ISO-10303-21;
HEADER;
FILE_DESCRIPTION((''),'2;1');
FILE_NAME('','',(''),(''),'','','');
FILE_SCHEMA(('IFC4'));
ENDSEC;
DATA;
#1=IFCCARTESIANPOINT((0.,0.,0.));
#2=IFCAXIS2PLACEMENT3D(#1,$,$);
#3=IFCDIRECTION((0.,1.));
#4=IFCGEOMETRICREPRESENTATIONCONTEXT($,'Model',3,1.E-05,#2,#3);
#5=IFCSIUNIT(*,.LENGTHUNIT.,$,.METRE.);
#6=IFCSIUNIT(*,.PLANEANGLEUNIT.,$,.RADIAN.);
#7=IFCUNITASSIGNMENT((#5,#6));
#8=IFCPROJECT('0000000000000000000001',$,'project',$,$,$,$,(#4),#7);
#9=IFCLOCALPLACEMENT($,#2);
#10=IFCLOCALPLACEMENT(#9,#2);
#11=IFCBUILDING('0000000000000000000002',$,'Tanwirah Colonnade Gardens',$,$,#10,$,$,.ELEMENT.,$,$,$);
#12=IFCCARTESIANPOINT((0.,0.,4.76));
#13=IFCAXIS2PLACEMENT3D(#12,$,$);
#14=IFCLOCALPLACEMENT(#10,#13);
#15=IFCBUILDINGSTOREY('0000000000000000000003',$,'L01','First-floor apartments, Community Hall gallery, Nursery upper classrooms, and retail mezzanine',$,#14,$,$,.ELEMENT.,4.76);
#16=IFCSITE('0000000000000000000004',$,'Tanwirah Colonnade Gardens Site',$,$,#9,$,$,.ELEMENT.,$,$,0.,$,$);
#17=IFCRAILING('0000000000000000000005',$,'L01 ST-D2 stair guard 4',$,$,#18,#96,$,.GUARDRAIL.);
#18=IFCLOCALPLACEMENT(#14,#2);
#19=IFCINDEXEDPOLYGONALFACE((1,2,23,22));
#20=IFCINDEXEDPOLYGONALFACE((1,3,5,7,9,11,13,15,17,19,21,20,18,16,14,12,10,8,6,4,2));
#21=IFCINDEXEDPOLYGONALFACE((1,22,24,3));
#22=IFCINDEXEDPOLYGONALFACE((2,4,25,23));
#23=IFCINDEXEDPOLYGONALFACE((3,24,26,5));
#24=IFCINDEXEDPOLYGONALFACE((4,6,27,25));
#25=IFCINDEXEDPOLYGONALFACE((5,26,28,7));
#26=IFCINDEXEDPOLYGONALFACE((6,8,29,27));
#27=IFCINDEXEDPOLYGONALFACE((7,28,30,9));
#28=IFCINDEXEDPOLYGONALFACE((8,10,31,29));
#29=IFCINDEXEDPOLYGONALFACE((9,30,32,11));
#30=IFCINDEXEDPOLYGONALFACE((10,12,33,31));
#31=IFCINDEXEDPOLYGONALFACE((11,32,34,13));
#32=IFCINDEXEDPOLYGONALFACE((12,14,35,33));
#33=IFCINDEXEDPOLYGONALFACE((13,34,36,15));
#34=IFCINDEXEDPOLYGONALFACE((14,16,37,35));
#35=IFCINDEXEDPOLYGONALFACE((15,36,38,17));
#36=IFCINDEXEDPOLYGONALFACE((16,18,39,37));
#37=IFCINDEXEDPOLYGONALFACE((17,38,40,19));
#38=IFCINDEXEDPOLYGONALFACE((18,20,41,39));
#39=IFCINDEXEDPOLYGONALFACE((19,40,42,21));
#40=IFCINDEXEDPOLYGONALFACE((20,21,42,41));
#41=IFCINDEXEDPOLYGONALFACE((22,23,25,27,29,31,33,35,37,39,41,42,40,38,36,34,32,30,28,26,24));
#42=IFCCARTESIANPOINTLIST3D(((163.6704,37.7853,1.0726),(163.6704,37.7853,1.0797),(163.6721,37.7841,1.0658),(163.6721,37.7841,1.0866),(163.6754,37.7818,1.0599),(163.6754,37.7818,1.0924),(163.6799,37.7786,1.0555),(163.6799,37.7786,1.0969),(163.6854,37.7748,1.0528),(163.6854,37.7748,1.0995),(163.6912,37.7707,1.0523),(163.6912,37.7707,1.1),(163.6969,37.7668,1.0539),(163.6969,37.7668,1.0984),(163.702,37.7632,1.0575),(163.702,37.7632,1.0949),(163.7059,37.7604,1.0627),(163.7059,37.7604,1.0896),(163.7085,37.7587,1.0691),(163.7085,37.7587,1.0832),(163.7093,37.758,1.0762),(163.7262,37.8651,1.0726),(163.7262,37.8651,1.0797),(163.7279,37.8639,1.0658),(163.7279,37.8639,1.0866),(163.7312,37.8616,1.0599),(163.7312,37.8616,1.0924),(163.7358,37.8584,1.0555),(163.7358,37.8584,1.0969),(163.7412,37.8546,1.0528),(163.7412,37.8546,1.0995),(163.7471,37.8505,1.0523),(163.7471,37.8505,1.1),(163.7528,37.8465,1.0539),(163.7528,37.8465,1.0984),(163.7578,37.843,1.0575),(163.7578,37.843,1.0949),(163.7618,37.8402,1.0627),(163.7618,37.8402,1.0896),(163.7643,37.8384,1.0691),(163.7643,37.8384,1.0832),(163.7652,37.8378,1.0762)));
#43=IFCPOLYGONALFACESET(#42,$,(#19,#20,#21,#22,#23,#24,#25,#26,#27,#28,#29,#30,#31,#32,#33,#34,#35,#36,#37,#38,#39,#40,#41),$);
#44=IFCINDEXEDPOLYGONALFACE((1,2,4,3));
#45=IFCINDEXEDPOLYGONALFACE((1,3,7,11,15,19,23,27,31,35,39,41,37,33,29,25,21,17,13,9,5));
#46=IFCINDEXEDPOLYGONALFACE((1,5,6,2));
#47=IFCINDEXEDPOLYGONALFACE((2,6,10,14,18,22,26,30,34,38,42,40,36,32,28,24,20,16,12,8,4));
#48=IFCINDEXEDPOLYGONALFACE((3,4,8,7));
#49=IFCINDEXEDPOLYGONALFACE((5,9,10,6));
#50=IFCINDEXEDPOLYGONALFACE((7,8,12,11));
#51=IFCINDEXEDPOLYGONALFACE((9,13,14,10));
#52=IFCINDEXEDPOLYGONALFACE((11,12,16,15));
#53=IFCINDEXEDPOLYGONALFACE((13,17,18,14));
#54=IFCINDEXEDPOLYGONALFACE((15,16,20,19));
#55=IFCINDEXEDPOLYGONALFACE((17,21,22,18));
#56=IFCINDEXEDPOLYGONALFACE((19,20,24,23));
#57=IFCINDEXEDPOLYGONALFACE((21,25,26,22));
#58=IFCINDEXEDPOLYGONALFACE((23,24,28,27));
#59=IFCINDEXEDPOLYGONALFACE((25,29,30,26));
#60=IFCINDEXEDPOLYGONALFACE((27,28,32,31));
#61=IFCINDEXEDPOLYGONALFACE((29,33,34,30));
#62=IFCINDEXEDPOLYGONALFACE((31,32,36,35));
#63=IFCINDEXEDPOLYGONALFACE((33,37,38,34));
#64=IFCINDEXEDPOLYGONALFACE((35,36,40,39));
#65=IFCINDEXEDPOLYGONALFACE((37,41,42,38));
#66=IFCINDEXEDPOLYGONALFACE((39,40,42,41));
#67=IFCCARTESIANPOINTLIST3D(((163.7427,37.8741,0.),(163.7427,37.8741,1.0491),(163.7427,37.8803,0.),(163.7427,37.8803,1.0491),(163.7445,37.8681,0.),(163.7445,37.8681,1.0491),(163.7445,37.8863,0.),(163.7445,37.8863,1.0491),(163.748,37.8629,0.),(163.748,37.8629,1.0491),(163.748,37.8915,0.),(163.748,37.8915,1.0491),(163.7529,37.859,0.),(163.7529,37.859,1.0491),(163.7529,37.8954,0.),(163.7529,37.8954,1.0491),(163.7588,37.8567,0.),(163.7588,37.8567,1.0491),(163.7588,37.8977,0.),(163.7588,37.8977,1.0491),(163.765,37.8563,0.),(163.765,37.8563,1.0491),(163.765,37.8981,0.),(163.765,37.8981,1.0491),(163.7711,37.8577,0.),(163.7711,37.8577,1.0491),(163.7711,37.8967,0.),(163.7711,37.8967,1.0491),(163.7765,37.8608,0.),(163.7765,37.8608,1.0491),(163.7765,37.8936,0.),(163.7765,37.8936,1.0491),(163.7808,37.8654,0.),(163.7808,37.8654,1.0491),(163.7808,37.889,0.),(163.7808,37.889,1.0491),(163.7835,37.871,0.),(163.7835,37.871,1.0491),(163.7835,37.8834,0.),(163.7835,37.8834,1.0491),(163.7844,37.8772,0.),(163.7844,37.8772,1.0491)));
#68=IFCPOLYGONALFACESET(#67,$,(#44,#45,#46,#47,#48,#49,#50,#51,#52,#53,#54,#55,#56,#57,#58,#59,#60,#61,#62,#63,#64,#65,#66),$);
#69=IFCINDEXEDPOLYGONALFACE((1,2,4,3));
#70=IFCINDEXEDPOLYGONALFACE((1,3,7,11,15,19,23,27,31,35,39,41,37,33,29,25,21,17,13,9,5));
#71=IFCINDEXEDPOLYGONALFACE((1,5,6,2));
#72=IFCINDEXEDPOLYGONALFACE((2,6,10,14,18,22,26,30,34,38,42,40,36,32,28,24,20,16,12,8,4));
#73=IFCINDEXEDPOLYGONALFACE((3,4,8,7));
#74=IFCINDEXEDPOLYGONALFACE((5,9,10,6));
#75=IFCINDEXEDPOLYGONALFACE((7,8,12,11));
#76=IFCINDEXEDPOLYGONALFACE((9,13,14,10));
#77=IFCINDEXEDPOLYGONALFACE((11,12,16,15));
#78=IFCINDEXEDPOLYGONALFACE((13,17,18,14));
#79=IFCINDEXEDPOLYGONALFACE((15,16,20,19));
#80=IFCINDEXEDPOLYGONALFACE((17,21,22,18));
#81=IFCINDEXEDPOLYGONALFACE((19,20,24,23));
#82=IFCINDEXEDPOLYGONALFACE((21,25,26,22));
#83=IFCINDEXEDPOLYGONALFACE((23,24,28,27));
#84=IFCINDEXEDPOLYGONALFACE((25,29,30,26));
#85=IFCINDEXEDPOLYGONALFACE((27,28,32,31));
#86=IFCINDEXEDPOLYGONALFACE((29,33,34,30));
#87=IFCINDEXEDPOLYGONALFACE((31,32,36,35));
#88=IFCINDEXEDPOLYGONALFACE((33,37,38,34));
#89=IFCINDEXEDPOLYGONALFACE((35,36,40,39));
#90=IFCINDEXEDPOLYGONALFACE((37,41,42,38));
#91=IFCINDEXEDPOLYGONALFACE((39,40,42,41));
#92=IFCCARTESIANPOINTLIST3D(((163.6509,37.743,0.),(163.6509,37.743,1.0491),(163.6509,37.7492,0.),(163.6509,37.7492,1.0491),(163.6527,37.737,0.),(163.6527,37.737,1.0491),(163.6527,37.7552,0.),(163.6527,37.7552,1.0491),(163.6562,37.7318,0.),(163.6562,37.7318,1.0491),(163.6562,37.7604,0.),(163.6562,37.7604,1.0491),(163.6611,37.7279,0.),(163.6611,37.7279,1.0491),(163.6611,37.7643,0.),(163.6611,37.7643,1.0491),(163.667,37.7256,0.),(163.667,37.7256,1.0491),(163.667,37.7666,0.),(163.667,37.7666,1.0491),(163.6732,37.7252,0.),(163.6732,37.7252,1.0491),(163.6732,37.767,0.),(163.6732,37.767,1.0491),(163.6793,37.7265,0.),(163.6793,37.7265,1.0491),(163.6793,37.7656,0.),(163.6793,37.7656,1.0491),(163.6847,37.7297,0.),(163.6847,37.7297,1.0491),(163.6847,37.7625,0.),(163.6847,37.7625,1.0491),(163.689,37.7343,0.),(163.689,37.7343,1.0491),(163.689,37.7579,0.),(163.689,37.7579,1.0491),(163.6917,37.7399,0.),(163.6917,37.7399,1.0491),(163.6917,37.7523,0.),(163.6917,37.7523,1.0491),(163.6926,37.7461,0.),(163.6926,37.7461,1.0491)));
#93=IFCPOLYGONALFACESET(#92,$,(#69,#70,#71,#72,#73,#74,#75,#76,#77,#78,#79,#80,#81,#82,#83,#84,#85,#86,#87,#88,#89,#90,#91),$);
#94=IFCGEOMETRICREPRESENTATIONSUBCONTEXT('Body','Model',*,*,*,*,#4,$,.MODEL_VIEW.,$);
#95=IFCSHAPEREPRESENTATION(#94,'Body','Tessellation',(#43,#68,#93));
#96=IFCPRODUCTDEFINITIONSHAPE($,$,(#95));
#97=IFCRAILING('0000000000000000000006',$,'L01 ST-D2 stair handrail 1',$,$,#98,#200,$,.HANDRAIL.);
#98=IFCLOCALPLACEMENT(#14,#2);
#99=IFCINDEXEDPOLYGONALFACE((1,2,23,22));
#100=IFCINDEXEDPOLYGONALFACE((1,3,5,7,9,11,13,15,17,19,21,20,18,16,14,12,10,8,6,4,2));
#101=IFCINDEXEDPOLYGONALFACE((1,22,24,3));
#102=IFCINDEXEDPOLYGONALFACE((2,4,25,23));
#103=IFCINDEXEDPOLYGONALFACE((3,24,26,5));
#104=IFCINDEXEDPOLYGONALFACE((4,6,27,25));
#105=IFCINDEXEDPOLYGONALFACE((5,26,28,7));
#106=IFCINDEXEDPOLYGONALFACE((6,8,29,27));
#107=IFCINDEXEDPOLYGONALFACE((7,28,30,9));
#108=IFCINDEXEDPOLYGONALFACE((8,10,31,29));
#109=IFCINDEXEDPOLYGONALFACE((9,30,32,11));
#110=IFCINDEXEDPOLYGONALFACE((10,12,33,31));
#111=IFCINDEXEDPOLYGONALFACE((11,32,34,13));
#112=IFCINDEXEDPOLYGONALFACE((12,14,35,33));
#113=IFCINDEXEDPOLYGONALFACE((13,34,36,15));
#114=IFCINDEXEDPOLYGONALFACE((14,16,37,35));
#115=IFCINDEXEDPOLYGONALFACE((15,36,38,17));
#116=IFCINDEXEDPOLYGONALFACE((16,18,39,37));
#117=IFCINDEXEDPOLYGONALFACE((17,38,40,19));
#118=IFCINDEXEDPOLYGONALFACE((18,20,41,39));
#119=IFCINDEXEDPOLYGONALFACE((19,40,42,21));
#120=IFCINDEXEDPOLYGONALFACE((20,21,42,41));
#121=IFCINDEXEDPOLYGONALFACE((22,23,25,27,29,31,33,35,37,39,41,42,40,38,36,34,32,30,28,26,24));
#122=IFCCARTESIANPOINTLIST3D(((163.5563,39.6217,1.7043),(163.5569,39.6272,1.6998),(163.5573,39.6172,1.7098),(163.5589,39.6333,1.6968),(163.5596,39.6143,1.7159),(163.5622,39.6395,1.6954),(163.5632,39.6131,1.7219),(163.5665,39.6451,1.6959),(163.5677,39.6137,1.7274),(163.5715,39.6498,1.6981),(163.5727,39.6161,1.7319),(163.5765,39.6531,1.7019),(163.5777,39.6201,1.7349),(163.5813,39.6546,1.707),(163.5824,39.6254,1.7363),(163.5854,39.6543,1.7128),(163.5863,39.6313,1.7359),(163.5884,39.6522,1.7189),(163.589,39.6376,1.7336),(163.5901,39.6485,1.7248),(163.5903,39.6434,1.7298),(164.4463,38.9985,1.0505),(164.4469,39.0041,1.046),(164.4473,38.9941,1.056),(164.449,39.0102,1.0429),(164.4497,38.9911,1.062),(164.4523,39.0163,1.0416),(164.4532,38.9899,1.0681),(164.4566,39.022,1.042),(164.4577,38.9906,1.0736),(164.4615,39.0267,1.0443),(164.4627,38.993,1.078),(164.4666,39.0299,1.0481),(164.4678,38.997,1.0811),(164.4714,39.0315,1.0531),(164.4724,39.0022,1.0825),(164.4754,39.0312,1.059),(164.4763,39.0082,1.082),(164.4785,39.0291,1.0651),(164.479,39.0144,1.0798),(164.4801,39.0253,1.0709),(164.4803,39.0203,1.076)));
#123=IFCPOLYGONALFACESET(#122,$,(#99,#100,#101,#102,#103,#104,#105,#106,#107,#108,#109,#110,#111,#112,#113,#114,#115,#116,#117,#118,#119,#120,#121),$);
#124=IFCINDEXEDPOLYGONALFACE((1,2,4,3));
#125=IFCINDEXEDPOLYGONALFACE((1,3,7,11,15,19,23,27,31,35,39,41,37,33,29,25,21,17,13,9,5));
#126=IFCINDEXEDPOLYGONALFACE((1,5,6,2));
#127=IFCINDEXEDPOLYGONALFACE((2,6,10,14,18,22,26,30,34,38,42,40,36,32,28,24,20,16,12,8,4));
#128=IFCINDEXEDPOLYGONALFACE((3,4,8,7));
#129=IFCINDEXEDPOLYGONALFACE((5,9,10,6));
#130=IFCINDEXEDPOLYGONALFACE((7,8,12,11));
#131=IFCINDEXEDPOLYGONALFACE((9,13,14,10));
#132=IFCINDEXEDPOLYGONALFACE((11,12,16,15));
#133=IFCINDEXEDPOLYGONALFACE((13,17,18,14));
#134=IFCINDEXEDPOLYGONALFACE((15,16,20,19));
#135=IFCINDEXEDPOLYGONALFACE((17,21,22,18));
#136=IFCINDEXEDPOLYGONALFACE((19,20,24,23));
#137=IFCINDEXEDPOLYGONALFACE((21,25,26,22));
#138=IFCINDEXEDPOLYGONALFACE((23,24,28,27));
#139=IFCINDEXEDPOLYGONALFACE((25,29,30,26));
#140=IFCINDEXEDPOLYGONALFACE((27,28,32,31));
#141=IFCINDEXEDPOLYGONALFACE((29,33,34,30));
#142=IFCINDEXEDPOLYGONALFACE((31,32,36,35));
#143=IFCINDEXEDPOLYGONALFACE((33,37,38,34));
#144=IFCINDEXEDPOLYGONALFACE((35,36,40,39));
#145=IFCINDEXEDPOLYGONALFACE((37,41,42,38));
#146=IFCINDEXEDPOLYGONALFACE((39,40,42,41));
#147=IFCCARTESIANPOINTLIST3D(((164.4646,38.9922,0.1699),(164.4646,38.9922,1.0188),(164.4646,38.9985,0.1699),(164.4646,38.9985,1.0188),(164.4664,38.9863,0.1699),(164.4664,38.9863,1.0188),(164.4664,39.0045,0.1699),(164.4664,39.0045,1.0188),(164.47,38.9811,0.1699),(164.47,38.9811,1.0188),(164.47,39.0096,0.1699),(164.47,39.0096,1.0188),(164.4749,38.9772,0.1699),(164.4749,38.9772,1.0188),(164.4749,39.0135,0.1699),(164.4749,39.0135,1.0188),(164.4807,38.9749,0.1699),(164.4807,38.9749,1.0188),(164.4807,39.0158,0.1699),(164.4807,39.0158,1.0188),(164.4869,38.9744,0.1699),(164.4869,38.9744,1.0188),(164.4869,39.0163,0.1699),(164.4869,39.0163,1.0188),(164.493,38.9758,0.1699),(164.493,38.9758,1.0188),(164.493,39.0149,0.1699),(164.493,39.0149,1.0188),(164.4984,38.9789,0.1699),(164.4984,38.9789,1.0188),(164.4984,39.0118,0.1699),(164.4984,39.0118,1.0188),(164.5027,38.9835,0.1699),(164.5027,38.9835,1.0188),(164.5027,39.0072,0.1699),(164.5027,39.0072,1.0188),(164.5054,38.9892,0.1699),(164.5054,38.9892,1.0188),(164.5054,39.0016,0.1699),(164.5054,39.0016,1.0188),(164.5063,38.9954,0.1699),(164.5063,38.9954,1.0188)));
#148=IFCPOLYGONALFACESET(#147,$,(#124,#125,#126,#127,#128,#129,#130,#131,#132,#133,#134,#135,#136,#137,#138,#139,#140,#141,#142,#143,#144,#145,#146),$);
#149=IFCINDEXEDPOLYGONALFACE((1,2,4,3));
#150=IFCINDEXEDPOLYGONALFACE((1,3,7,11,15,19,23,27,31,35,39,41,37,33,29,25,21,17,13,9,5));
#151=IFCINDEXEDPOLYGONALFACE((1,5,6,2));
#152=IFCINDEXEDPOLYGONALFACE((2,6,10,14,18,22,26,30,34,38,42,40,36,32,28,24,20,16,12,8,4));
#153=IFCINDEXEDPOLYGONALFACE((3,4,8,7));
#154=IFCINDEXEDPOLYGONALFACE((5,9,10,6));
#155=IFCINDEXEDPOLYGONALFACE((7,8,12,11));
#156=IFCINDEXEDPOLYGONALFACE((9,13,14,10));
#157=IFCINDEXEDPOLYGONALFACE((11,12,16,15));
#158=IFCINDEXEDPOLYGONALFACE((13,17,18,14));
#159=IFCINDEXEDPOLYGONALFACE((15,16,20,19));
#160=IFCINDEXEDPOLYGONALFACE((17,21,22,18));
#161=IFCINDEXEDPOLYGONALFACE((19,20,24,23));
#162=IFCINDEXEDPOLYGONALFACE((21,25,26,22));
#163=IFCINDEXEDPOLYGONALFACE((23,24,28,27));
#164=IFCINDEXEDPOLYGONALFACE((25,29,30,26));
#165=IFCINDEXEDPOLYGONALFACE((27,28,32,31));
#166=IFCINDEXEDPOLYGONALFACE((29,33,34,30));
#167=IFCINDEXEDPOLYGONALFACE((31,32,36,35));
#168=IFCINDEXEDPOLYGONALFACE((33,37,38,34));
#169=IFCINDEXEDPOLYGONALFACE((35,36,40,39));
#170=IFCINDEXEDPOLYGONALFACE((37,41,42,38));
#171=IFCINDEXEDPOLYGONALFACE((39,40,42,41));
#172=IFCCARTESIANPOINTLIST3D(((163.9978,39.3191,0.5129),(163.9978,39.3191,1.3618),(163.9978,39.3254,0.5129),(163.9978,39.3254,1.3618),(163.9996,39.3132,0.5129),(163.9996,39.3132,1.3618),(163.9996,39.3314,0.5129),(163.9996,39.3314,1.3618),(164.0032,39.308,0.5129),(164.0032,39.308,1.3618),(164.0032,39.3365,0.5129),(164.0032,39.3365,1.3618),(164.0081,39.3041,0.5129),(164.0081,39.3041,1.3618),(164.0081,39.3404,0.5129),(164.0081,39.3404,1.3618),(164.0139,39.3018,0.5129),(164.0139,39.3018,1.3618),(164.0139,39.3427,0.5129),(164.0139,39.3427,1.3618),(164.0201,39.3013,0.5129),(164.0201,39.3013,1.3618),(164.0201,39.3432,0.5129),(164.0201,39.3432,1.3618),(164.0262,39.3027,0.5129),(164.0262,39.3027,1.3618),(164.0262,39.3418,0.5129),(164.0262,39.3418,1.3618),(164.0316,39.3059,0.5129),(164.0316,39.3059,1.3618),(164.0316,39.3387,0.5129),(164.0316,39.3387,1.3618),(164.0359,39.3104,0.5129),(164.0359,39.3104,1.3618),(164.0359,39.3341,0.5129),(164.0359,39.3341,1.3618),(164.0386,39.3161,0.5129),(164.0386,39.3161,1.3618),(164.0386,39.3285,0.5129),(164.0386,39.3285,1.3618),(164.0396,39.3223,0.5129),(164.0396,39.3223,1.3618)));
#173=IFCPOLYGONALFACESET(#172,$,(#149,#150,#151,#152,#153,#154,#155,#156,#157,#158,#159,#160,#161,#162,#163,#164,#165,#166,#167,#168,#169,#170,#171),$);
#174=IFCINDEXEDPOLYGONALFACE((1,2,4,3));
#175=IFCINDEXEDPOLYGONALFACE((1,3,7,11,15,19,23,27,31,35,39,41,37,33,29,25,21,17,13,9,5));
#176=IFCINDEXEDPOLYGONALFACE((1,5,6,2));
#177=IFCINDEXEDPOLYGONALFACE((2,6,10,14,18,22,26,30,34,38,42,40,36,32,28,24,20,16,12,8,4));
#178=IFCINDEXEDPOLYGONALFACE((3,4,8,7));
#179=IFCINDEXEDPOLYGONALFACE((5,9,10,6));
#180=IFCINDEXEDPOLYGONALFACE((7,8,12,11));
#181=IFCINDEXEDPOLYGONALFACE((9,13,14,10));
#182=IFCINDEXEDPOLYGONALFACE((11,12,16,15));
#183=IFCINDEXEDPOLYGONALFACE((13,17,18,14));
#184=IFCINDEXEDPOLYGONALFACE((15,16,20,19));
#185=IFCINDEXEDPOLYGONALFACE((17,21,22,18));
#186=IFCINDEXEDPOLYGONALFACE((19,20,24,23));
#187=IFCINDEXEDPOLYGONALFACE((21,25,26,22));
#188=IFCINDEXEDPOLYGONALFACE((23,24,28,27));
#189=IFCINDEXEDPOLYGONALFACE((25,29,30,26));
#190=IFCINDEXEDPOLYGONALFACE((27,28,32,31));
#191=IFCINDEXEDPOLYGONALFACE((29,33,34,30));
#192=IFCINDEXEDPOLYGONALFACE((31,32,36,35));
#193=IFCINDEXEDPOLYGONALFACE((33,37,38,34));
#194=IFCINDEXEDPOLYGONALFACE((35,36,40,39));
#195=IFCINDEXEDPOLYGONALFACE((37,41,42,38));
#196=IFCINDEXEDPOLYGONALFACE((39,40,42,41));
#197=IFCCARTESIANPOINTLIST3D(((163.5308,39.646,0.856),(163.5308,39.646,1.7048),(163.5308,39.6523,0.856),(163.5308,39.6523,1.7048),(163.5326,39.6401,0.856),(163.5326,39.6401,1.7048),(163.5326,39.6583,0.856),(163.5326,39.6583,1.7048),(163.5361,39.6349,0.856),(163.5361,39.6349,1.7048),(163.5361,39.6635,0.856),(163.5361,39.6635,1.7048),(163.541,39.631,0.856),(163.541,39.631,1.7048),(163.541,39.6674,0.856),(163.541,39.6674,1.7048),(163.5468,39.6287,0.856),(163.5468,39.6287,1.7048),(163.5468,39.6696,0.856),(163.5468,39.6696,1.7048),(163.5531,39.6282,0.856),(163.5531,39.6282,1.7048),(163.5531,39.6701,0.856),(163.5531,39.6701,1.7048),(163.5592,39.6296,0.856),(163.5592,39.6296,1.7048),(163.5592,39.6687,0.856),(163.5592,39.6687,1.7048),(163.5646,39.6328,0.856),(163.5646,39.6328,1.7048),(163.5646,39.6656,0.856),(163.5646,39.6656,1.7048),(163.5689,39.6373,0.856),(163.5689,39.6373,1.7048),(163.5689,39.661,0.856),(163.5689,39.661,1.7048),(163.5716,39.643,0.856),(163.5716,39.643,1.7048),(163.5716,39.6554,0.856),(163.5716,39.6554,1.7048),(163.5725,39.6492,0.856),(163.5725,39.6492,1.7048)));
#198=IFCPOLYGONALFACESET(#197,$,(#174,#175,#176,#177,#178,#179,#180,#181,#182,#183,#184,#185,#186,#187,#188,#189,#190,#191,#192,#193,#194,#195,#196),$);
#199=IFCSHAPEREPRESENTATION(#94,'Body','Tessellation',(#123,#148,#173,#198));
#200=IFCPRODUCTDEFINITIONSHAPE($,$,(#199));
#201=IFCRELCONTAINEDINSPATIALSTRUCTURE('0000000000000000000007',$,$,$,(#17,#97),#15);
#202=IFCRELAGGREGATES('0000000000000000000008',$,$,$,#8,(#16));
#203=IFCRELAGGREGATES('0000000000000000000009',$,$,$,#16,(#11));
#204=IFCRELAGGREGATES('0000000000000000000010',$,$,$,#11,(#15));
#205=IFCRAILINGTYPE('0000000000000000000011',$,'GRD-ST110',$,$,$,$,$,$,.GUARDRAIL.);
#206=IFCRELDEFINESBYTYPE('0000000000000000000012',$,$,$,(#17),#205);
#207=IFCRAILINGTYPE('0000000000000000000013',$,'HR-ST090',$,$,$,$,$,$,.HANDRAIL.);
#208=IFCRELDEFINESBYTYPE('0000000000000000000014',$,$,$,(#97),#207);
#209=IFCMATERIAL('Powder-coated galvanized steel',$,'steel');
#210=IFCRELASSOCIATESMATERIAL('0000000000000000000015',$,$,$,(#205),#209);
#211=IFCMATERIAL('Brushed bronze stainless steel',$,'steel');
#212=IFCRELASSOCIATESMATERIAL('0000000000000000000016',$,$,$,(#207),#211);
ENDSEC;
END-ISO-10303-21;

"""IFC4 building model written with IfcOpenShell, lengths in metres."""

from ifc_helpers import new_model, si_unit, direction, frame, origin, origin_2d, place, context, subcontext, project, spatial, circle, extrude, material, type_object, element, save


model = new_model("IFC4")

# Units and contexts
model_context = context("Model", 3, precision=1e-05, world=origin(), true_north=direction((0.0, 1.0)))
body_context = subcontext(model_context, "Body", "Model", "MODEL_VIEW")
ifc_project = project(units=[si_unit("LENGTHUNIT", "METRE"), si_unit("PLANEANGLEUNIT", "RADIAN")], contexts=[model_context])

# Site, building, storey
site_placement = place(None, origin())
site = spatial("IfcSite", under=ifc_project, at=site_placement, Name="Tanwirah Colonnade Gardens Site", CompositionType="ELEMENT", RefElevation=0.0)
building_placement = place(site_placement, origin())
building = spatial("IfcBuilding", under=site, at=building_placement, Name="Tanwirah Colonnade Gardens", CompositionType="ELEMENT")
storey_placement = place(building_placement, frame((0.0, 0.0, 4.76)))
storey = spatial("IfcBuildingStorey", under=building, at=storey_placement, Name="L01", Description="First-floor apartments, Community Hall gallery, Nursery upper classrooms, and retail mezzanine", CompositionType="ELEMENT", Elevation=4.76)

# Railings
ifc_material_1 = material(Name="Powder-coated galvanized steel", Category="steel")
railing_type_1 = type_object("IfcRailingType", Name="GRD-ST110", PredefinedType="GUARDRAIL", material=ifc_material_1)
railing_1_placement = place(storey_placement, frame((163.7634, 37.8772, 0.0)))
element("IfcRailing", 1, at=railing_1_placement, inside=storey, type_object=railing_type_1, Name="L01 ST-D2 stair guard 4", PredefinedType="GUARDRAIL", context=body_context, shape_type="SweptSolid", body=[
    extrude(circle(Radius=0.0239, at=origin_2d()), frame((-0.0178, -0.0256, 1.0762), z_axis=(-0.573565, -0.81916, 0.0), x_axis=(0.81916, -0.573565, 0.0)), (0.0, 0.0, 1.0), 0.0974),
    extrude(circle(Radius=0.021, at=origin_2d()), origin(), (0.0, 0.0, 1.0), 1.0491),
    extrude(circle(Radius=0.021, at=origin_2d()), frame((-0.0918, -0.1311, 0.0)), (0.0, 0.0, 1.0), 1.0491),
])
ifc_material_2 = material(Name="Brushed bronze stainless steel", Category="steel")
railing_type_2 = type_object("IfcRailingType", Name="HR-ST090", PredefinedType="HANDRAIL", material=ifc_material_2)
railing_2_placement = place(storey_placement, frame((164.4854, 38.9954, 0.1699)))
element("IfcRailing", 2, at=railing_2_placement, inside=storey, type_object=railing_type_2, Name="L01 ST-D2 stair handrail 1", PredefinedType="HANDRAIL", context=body_context, shape_type="SweptSolid", body=[
    extrude(circle(Radius=0.0239, at=origin_2d()), frame((-0.022, 0.0154, 0.8921), z_axis=(-0.701883, 0.49141, 0.515632), x_axis=(-0.573534, -0.819182, 0.0)), (0.0, 0.0, 1.0), 1.2681),
    extrude(circle(Radius=0.021, at=origin_2d()), origin(), (0.0, 0.0, 1.0), 0.8489),
    extrude(circle(Radius=0.021, at=origin_2d()), frame((-0.4668, 0.3269, 0.343)), (0.0, 0.0, 1.0), 0.8489),
    extrude(circle(Radius=0.021, at=origin_2d()), frame((-0.9338, 0.6538, 0.686)), (0.0, 0.0, 1.0), 0.8489),
])

save(model, "model.ifc")
